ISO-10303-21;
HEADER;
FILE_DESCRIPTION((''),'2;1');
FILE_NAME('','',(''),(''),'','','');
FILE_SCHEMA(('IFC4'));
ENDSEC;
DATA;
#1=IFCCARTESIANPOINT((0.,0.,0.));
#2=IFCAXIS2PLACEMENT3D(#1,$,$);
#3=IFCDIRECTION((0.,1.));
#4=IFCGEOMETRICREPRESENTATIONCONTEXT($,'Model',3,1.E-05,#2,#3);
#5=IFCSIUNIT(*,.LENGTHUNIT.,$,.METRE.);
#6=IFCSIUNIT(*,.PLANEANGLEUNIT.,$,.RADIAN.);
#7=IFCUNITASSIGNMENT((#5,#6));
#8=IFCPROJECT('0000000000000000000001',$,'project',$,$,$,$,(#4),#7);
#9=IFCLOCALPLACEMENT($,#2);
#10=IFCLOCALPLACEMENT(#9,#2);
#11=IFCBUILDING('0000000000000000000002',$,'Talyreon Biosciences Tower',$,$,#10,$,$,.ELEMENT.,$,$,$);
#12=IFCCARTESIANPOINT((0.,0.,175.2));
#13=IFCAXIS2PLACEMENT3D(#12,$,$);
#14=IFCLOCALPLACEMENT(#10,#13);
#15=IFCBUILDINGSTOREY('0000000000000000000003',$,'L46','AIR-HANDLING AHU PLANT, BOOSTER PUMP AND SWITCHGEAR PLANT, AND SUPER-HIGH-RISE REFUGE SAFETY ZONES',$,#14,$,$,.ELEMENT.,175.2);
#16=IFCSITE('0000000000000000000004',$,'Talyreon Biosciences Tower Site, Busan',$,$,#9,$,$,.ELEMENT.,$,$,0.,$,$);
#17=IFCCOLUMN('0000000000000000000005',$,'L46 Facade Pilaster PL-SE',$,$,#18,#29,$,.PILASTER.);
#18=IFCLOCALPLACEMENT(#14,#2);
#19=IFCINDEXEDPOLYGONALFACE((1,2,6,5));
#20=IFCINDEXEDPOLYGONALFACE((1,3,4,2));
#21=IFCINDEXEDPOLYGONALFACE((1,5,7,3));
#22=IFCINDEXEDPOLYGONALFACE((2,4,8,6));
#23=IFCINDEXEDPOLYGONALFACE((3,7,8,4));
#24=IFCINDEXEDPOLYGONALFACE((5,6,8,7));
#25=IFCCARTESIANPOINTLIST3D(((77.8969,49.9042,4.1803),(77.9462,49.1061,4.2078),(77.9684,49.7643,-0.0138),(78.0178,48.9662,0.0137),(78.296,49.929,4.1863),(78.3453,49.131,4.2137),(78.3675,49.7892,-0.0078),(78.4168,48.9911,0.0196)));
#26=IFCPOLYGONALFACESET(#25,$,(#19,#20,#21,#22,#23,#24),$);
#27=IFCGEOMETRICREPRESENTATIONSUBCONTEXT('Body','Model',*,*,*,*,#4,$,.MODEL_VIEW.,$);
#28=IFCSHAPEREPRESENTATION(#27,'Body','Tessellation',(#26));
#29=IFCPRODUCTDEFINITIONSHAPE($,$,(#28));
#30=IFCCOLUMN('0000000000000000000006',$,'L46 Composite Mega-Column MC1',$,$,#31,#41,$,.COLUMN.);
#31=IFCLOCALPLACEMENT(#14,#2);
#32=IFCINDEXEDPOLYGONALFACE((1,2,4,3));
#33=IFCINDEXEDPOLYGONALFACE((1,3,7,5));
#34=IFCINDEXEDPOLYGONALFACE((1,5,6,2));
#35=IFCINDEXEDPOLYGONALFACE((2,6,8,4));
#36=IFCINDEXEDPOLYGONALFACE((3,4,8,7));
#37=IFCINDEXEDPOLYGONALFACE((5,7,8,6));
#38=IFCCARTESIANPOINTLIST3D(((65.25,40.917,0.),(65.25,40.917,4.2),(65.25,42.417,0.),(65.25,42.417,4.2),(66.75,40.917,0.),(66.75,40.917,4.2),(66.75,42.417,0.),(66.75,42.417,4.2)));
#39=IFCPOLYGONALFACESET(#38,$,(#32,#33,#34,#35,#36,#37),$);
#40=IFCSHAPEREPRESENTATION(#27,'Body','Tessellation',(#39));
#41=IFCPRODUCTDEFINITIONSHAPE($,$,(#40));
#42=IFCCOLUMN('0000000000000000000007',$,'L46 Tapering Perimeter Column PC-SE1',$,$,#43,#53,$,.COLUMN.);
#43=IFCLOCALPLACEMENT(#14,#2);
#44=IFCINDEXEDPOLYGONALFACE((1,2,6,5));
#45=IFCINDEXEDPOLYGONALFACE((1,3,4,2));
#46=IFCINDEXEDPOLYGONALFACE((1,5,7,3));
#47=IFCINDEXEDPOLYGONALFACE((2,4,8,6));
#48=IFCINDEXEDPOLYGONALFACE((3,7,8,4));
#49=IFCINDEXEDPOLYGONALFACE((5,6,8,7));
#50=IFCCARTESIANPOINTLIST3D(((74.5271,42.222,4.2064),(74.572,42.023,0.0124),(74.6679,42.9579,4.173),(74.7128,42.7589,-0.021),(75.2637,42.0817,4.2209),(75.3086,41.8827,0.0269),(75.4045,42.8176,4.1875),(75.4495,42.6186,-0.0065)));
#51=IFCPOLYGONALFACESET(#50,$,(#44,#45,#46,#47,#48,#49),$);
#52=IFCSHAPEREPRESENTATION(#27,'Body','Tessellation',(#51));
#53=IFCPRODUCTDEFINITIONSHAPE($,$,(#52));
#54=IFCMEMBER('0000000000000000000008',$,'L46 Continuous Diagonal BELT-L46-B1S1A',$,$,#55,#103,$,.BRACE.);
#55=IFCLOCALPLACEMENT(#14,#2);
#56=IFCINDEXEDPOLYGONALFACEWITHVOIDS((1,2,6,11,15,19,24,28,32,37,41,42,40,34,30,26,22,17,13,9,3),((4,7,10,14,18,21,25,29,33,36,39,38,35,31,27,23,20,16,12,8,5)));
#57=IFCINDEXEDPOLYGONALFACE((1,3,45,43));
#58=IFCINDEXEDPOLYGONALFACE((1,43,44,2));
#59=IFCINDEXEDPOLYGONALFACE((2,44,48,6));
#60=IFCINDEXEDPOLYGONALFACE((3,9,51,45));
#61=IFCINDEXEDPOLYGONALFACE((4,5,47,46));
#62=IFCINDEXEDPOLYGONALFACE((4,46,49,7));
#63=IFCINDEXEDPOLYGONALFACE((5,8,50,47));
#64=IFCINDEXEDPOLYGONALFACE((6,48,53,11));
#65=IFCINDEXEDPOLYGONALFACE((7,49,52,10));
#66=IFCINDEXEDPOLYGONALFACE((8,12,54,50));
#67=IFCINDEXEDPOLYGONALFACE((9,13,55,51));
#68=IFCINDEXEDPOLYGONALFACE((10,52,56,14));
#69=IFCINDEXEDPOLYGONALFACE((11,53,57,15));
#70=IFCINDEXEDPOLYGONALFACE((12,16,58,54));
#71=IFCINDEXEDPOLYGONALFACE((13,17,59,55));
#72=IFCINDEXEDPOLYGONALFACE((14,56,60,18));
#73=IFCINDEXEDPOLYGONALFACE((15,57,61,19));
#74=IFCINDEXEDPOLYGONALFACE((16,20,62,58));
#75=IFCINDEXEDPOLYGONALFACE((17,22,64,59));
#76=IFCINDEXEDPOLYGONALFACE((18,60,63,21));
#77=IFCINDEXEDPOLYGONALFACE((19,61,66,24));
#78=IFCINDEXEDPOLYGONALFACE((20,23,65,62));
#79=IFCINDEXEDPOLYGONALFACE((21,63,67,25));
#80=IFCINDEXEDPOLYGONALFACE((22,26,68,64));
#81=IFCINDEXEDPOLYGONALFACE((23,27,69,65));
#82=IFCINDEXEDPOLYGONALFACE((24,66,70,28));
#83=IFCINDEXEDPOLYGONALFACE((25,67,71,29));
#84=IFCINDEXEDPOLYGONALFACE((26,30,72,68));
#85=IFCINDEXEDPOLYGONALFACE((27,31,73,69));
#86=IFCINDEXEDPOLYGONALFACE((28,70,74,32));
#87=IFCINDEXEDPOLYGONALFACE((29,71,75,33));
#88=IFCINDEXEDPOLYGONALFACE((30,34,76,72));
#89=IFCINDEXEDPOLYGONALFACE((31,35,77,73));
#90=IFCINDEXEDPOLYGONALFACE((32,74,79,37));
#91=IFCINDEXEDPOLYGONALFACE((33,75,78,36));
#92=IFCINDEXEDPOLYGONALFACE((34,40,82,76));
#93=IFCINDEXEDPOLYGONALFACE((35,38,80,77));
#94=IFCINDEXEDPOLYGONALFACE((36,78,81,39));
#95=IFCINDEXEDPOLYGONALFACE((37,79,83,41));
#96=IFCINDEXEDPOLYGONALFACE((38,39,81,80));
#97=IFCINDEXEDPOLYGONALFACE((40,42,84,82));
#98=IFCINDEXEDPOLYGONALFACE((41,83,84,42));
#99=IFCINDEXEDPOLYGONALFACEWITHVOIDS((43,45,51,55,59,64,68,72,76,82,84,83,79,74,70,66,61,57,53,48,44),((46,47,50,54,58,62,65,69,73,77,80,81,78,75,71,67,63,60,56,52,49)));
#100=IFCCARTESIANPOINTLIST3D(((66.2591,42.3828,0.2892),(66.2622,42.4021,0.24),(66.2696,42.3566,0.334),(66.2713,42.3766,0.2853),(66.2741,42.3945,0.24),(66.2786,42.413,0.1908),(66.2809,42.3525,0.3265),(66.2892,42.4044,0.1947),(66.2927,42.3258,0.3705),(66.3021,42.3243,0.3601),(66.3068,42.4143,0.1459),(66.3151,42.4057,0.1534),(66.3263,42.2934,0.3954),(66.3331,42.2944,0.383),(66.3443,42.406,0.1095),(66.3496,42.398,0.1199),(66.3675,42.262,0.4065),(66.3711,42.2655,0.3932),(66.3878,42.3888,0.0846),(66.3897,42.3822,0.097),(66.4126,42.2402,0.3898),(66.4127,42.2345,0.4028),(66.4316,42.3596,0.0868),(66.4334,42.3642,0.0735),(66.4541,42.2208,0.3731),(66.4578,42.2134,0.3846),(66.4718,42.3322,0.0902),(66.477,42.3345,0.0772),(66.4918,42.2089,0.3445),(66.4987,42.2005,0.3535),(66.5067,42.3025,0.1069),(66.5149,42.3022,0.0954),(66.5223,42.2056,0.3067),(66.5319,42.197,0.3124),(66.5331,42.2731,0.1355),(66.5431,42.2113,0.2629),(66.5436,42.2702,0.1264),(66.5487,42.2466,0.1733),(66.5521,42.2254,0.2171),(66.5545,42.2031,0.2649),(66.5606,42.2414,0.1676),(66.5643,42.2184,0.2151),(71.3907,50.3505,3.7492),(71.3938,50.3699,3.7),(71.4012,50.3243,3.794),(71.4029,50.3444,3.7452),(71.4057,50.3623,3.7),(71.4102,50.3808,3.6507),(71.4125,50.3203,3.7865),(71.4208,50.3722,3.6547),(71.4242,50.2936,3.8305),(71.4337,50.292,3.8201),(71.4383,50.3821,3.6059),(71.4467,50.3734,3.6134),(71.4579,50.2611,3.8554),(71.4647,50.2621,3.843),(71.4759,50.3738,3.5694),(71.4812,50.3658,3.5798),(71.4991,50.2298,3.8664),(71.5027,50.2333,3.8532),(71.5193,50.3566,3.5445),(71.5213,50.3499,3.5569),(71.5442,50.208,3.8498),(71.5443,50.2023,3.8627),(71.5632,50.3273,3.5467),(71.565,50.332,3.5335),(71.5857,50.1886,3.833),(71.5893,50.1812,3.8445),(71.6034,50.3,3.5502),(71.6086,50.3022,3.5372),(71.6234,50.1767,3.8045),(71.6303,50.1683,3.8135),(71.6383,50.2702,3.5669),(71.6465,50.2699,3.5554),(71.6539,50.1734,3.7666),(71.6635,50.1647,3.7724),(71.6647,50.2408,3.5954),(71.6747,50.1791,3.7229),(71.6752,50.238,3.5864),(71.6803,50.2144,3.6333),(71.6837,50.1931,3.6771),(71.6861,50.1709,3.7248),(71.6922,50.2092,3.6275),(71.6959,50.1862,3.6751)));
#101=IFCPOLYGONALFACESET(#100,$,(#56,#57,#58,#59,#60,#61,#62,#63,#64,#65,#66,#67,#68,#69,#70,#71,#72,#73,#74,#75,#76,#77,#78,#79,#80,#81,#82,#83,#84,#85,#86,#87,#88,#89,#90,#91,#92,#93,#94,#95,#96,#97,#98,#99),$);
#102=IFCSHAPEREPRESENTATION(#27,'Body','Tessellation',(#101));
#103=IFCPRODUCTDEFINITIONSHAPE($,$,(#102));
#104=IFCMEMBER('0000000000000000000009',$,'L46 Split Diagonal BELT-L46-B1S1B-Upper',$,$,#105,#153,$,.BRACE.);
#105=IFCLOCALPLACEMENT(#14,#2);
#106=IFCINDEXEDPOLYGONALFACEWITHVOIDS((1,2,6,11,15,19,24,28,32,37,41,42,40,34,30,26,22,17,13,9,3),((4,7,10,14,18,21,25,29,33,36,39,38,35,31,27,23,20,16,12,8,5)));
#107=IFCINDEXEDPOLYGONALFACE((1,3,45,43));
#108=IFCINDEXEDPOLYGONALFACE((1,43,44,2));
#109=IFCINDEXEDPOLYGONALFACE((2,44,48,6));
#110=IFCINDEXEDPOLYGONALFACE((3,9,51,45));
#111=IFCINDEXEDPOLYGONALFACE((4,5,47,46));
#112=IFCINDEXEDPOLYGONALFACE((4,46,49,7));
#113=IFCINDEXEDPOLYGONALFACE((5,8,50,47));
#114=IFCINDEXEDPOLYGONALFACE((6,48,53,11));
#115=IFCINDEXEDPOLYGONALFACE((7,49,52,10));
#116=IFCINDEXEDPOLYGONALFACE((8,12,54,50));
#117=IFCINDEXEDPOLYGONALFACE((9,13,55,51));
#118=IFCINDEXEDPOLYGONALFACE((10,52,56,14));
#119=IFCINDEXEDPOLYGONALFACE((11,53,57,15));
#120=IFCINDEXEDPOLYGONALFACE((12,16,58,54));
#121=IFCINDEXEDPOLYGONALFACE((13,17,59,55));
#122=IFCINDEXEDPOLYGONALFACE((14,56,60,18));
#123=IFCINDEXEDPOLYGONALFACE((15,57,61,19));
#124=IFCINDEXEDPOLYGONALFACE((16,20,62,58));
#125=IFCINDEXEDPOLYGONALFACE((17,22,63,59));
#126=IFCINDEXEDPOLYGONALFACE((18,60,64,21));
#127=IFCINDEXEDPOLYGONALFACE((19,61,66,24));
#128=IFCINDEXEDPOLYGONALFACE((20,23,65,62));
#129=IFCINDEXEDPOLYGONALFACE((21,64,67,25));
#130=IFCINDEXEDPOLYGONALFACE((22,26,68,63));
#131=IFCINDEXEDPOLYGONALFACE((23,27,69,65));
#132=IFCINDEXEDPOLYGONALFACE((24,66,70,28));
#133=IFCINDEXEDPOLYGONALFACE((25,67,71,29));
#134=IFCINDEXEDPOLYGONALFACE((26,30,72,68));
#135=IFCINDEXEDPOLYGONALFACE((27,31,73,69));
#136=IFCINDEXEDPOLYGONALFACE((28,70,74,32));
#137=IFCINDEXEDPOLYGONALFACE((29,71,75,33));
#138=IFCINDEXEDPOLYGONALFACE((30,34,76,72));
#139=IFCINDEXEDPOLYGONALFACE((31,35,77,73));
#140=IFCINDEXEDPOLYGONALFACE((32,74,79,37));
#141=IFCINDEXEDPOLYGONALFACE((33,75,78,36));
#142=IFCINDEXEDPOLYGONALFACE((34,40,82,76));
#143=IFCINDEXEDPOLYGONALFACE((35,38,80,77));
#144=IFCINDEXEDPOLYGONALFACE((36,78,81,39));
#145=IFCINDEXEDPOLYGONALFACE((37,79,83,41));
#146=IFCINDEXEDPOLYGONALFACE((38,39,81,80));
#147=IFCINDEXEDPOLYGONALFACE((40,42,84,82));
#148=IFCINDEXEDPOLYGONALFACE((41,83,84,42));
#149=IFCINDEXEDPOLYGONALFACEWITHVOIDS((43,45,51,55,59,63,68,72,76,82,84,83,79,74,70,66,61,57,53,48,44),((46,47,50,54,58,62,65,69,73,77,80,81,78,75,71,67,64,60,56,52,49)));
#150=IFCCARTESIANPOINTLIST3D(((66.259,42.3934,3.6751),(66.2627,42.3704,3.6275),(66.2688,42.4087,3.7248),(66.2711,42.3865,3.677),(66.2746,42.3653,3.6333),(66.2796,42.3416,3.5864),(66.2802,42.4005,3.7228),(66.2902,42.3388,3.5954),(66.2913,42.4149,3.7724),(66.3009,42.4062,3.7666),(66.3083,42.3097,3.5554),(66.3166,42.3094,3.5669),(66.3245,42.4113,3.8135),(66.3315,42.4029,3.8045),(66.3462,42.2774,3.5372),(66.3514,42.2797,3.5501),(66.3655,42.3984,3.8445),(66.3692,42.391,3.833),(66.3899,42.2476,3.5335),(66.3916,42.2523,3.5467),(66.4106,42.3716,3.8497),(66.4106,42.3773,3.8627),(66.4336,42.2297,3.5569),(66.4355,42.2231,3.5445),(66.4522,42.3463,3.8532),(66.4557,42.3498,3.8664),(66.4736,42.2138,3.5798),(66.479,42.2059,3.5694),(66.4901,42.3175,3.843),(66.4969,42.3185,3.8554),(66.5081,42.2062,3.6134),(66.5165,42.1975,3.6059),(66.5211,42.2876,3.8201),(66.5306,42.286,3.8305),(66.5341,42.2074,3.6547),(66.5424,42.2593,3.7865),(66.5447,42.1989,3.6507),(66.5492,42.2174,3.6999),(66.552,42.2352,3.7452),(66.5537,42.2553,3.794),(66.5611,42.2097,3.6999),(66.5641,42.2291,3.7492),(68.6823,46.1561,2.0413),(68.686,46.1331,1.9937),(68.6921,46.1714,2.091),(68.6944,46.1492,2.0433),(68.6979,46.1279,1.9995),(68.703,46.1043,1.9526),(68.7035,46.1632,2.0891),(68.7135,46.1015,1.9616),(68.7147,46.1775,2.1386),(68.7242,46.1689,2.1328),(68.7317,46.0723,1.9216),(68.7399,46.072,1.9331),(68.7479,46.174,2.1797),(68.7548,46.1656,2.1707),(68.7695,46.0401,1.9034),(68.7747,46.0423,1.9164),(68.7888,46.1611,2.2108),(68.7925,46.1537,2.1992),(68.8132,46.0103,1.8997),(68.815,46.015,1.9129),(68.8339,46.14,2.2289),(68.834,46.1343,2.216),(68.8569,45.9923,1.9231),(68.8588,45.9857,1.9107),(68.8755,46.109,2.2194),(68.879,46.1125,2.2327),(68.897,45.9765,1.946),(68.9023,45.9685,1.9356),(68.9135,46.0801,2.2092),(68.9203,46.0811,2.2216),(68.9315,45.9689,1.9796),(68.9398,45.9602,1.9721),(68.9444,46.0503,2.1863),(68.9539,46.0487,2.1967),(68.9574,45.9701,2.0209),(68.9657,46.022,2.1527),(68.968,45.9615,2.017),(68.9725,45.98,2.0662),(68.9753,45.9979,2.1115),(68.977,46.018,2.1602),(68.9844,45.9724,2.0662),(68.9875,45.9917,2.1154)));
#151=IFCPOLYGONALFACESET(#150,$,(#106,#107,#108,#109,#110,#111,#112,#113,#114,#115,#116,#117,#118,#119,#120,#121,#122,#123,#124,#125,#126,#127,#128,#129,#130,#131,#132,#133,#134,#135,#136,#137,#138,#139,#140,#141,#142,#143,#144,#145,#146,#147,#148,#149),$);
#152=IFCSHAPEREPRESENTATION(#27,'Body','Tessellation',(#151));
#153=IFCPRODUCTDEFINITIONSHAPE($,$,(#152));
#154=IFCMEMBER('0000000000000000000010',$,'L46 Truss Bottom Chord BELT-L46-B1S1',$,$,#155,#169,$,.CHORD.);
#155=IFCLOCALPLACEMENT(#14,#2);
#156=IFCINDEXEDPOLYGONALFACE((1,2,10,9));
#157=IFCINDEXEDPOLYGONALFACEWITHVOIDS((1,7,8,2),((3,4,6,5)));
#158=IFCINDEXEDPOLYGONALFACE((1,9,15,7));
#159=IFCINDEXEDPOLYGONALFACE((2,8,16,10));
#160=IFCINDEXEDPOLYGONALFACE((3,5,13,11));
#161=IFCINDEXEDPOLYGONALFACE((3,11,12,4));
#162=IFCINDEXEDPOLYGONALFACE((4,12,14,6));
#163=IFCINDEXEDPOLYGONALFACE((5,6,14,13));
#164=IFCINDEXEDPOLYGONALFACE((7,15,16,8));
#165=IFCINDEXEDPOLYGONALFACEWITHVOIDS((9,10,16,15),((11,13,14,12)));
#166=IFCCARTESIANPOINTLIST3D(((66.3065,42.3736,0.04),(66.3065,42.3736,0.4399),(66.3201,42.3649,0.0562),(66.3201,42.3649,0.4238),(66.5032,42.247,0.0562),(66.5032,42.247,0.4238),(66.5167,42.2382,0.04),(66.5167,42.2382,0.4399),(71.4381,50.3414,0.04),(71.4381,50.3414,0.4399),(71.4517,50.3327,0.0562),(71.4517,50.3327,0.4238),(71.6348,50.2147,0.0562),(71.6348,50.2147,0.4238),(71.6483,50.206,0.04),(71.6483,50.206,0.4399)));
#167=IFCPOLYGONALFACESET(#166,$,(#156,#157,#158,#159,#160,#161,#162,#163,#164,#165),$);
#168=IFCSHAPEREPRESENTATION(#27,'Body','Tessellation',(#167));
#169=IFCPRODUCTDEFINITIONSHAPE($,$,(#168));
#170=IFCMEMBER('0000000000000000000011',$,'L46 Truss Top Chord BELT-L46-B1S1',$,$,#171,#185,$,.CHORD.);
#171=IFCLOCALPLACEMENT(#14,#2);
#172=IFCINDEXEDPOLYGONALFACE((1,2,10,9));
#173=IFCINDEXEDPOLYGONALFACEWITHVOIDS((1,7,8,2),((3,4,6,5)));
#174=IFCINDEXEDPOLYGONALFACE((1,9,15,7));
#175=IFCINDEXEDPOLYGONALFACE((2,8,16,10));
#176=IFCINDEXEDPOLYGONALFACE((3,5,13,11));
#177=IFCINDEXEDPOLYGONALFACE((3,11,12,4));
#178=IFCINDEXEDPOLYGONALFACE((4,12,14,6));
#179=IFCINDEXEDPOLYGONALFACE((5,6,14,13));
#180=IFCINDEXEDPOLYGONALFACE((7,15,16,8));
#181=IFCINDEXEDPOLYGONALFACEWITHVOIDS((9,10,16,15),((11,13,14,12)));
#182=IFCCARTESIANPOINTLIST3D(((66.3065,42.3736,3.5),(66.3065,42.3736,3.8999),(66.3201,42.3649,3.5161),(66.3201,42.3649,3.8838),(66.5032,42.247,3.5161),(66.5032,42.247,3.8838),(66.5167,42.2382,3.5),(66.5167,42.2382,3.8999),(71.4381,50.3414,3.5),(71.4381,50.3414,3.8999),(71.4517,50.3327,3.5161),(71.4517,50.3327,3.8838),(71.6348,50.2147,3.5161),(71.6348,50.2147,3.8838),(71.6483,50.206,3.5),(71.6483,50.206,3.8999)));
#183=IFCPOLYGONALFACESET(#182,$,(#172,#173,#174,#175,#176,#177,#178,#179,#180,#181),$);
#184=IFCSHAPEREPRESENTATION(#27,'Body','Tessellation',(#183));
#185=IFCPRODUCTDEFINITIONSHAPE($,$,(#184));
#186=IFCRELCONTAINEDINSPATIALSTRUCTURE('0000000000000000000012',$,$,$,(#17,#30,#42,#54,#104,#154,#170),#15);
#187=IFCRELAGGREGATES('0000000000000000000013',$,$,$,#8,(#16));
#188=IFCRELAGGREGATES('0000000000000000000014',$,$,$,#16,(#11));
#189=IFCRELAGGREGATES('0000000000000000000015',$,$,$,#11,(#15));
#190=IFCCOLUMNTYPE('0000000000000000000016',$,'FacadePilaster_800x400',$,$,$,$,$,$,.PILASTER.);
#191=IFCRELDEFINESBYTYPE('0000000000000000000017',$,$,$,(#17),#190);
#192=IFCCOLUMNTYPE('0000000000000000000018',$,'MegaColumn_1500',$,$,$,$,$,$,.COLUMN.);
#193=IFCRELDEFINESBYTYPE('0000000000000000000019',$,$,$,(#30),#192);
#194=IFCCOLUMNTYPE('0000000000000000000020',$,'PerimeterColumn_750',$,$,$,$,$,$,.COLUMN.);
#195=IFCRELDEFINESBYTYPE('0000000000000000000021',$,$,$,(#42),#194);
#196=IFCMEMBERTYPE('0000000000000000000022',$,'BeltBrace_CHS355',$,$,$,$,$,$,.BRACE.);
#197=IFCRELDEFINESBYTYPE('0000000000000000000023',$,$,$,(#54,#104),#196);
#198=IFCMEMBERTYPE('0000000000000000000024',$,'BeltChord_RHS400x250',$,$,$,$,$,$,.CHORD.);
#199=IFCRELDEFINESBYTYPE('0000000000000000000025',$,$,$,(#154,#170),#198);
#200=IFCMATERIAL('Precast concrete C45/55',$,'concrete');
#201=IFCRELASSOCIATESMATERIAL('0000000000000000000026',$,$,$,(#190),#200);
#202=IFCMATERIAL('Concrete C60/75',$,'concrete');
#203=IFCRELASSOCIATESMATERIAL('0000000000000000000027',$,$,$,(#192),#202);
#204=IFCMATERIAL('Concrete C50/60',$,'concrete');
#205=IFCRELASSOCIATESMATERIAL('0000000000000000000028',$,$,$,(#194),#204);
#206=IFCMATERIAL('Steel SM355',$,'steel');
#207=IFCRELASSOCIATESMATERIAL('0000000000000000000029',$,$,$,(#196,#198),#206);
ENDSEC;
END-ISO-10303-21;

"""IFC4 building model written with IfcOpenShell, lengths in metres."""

from ifc_helpers import new_model, si_unit, direction, frame, origin, origin_2d, place, context, subcontext, project, spatial, rectangle, hollow_rectangle, hollow_circle, extrude, material, material_profile, profile_set, type_object, element, save


model = new_model("IFC4")

# Units and contexts
model_context = context("Model", 3, precision=1e-05, world=origin(), true_north=direction((0.0, 1.0)))
body_context = subcontext(model_context, "Body", "Model", "MODEL_VIEW")
ifc_project = project(units=[si_unit("LENGTHUNIT", "METRE"), si_unit("PLANEANGLEUNIT", "RADIAN")], contexts=[model_context])

# Site, building, storey
site_placement = place(None, origin())
site = spatial("IfcSite", under=ifc_project, at=site_placement, Name="Talyreon Biosciences Tower Site, Busan", CompositionType="ELEMENT", RefElevation=0.0)
building_placement = place(site_placement, origin())
building = spatial("IfcBuilding", under=site, at=building_placement, Name="Talyreon Biosciences Tower", CompositionType="ELEMENT")
storey_placement = place(building_placement, frame((0.0, 0.0, 175.2)))
storey = spatial("IfcBuildingStorey", under=building, at=storey_placement, Name="L46", Description="AIR-HANDLING AHU PLANT, BOOSTER PUMP AND SWITCHGEAR PLANT, AND SUPER-HIGH-RISE REFUGE SAFETY ZONES", CompositionType="ELEMENT", Elevation=175.2)

# Columns
ifc_material_1 = material(Name="Precast concrete C45/55", Category="concrete")
ifc_material_profile_1 = material_profile(ifc_material_1, rectangle(XDim=0.8, YDim=0.3999, at=origin_2d()), Name="RC 800x400")
ifc_profile_set_1 = profile_set([ifc_material_profile_1], Name="Precast concrete C45/55")
column_type_1 = type_object("IfcColumnType", Name="FacadePilaster_800x400", PredefinedType="PILASTER", material=ifc_profile_set_1)
column_1_placement = place(storey_placement, frame((78.1926, 49.3777, 0.0029), z_axis=(-0.017044, 0.033331, 0.999299), x_axis=(0.061673, -0.997506, 0.034323)))
element("IfcColumn", 1, at=column_1_placement, inside=storey, type_object=column_type_1, Name="L46 Facade Pilaster PL-SE", PredefinedType="PILASTER", context=body_context, shape_type="SweptSolid", body=[
    extrude(rectangle(XDim=0.8, YDim=0.3999, at=origin_2d()), origin(), (0.0, 0.0, 1.0), 4.197),
])
ifc_material_2 = material(Name="Concrete C60/75", Category="concrete")
ifc_material_profile_2 = material_profile(ifc_material_2, rectangle(XDim=1.5, YDim=1.5, at=origin_2d()), Name="RC 1500x1500")
ifc_profile_set_2 = profile_set([ifc_material_profile_2], Name="Concrete C60/75")
column_type_2 = type_object("IfcColumnType", Name="MegaColumn_1500", PredefinedType="COLUMN", material=ifc_profile_set_2)
column_2_placement = place(storey_placement, frame((66.0, 41.667, 0.0), z_axis=(0.0, 0.0, 1.0), x_axis=(1.0, 0.0, 0.0)))
element("IfcColumn", 2, at=column_2_placement, inside=storey, type_object=column_type_2, Name="L46 Composite Mega-Column MC1", PredefinedType="COLUMN", context=body_context, shape_type="SweptSolid", body=[
    extrude(rectangle(XDim=1.5, YDim=1.5, at=origin_2d()), origin(), (0.0, 0.0, 1.0), 4.2),
])
ifc_material_3 = material(Name="Concrete C50/60", Category="concrete")
ifc_material_profile_3 = material_profile(ifc_material_3, rectangle(XDim=0.75, YDim=0.75, at=origin_2d()), Name="RC 750x750")
ifc_profile_set_3 = profile_set([ifc_material_profile_3], Name="Concrete C50/60")
column_type_3 = type_object("IfcColumnType", Name="PerimeterColumn_750", PredefinedType="COLUMN", material=ifc_profile_set_3)
column_3_placement = place(storey_placement, frame((75.0107, 42.3208, 0.0029), z_axis=(-0.010698, 0.047386, 0.998819), x_axis=(-0.187753, -0.981206, 0.044539)))
element("IfcColumn", 3, at=column_3_placement, inside=storey, type_object=column_type_3, Name="L46 Tapering Perimeter Column PC-SE1", PredefinedType="COLUMN", context=body_context, shape_type="SweptSolid", body=[
    extrude(rectangle(XDim=0.75, YDim=0.75, at=origin_2d()), origin(), (0.0, 0.0, 1.0), 4.199),
])

# Members
ifc_material_4 = material(Name="Steel SM355", Category="steel")
ifc_material_profile_4 = material_profile(ifc_material_4, hollow_circle(Radius=0.1777, WallThickness=0.0142, at=origin_2d()), Name="CHS 355.6x14.2")
ifc_profile_set_4 = profile_set([ifc_material_profile_4], Name="Steel SM355")
member_type_1 = type_object("IfcMemberType", Name="BeltBrace_CHS355", PredefinedType="BRACE", material=ifc_profile_set_4)
member_1_placement = place(storey_placement, frame((66.4116, 42.3059, 0.24), z_axis=(0.508627, 0.789741, 0.34294), x_axis=(-0.840725, 0.541463, 0.0)))
element("IfcMember", 4, at=member_1_placement, inside=storey, type_object=member_type_1, Name="L46 Continuous Diagonal BELT-L46-B1S1A", PredefinedType="BRACE", context=body_context, shape_type="SweptSolid", body=[
    extrude(hollow_circle(Radius=0.1777, WallThickness=0.0142, at=origin_2d()), origin(), (0.0, 0.0, 1.0), 10.0891),
])
member_2_placement = place(storey_placement, frame((68.835, 46.0686, 2.0662), z_axis=(-0.508632, -0.789749, 0.342914), x_axis=(0.840724, -0.541463, 0.0)))
element("IfcMember", 5, at=member_2_placement, inside=storey, type_object=member_type_1, Name="L46 Split Diagonal BELT-L46-B1S1B-Upper", PredefinedType="BRACE", context=body_context, shape_type="SweptSolid", body=[
    extrude(hollow_circle(Radius=0.1777, WallThickness=0.0142, at=origin_2d()), origin(), (0.0, 0.0, 1.0), 4.7644),
])
ifc_material_profile_5 = material_profile(ifc_material_4, hollow_rectangle(XDim=0.25, YDim=0.3999, WallThickness=0.0161, at=origin_2d()), Name="RHS 400x250x16")
ifc_profile_set_5 = profile_set([ifc_material_profile_5], Name="Steel SM355")
member_type_2 = type_object("IfcMemberType", Name="BeltChord_RHS400x250", PredefinedType="CHORD", material=ifc_profile_set_5)
for number, where, z_axis, x_axis, name in (
    (6, (66.4116, 42.3059, 0.24), (0.541463, 0.840725, 0.0), (-0.840725, 0.541463, 0.0), "L46 Truss Bottom Chord BELT-L46-B1S1"),
    (7, (66.4116, 42.3059, 3.7), (0.541463, 0.840725, 0.0), (-0.840725, 0.541463, 0.0), "L46 Truss Top Chord BELT-L46-B1S1"),
):
    element("IfcMember", number, at=place(storey_placement, frame(where, z_axis=z_axis, x_axis=x_axis)), inside=storey, type_object=member_type_2, Name=name, PredefinedType="CHORD", context=body_context, shape_type="SweptSolid", body=[
        extrude(hollow_rectangle(XDim=0.25, YDim=0.3999, WallThickness=0.0161, at=origin_2d()), origin(), (0.0, 0.0, 1.0), 9.4773),
    ])

save(model, "model.ifc")
